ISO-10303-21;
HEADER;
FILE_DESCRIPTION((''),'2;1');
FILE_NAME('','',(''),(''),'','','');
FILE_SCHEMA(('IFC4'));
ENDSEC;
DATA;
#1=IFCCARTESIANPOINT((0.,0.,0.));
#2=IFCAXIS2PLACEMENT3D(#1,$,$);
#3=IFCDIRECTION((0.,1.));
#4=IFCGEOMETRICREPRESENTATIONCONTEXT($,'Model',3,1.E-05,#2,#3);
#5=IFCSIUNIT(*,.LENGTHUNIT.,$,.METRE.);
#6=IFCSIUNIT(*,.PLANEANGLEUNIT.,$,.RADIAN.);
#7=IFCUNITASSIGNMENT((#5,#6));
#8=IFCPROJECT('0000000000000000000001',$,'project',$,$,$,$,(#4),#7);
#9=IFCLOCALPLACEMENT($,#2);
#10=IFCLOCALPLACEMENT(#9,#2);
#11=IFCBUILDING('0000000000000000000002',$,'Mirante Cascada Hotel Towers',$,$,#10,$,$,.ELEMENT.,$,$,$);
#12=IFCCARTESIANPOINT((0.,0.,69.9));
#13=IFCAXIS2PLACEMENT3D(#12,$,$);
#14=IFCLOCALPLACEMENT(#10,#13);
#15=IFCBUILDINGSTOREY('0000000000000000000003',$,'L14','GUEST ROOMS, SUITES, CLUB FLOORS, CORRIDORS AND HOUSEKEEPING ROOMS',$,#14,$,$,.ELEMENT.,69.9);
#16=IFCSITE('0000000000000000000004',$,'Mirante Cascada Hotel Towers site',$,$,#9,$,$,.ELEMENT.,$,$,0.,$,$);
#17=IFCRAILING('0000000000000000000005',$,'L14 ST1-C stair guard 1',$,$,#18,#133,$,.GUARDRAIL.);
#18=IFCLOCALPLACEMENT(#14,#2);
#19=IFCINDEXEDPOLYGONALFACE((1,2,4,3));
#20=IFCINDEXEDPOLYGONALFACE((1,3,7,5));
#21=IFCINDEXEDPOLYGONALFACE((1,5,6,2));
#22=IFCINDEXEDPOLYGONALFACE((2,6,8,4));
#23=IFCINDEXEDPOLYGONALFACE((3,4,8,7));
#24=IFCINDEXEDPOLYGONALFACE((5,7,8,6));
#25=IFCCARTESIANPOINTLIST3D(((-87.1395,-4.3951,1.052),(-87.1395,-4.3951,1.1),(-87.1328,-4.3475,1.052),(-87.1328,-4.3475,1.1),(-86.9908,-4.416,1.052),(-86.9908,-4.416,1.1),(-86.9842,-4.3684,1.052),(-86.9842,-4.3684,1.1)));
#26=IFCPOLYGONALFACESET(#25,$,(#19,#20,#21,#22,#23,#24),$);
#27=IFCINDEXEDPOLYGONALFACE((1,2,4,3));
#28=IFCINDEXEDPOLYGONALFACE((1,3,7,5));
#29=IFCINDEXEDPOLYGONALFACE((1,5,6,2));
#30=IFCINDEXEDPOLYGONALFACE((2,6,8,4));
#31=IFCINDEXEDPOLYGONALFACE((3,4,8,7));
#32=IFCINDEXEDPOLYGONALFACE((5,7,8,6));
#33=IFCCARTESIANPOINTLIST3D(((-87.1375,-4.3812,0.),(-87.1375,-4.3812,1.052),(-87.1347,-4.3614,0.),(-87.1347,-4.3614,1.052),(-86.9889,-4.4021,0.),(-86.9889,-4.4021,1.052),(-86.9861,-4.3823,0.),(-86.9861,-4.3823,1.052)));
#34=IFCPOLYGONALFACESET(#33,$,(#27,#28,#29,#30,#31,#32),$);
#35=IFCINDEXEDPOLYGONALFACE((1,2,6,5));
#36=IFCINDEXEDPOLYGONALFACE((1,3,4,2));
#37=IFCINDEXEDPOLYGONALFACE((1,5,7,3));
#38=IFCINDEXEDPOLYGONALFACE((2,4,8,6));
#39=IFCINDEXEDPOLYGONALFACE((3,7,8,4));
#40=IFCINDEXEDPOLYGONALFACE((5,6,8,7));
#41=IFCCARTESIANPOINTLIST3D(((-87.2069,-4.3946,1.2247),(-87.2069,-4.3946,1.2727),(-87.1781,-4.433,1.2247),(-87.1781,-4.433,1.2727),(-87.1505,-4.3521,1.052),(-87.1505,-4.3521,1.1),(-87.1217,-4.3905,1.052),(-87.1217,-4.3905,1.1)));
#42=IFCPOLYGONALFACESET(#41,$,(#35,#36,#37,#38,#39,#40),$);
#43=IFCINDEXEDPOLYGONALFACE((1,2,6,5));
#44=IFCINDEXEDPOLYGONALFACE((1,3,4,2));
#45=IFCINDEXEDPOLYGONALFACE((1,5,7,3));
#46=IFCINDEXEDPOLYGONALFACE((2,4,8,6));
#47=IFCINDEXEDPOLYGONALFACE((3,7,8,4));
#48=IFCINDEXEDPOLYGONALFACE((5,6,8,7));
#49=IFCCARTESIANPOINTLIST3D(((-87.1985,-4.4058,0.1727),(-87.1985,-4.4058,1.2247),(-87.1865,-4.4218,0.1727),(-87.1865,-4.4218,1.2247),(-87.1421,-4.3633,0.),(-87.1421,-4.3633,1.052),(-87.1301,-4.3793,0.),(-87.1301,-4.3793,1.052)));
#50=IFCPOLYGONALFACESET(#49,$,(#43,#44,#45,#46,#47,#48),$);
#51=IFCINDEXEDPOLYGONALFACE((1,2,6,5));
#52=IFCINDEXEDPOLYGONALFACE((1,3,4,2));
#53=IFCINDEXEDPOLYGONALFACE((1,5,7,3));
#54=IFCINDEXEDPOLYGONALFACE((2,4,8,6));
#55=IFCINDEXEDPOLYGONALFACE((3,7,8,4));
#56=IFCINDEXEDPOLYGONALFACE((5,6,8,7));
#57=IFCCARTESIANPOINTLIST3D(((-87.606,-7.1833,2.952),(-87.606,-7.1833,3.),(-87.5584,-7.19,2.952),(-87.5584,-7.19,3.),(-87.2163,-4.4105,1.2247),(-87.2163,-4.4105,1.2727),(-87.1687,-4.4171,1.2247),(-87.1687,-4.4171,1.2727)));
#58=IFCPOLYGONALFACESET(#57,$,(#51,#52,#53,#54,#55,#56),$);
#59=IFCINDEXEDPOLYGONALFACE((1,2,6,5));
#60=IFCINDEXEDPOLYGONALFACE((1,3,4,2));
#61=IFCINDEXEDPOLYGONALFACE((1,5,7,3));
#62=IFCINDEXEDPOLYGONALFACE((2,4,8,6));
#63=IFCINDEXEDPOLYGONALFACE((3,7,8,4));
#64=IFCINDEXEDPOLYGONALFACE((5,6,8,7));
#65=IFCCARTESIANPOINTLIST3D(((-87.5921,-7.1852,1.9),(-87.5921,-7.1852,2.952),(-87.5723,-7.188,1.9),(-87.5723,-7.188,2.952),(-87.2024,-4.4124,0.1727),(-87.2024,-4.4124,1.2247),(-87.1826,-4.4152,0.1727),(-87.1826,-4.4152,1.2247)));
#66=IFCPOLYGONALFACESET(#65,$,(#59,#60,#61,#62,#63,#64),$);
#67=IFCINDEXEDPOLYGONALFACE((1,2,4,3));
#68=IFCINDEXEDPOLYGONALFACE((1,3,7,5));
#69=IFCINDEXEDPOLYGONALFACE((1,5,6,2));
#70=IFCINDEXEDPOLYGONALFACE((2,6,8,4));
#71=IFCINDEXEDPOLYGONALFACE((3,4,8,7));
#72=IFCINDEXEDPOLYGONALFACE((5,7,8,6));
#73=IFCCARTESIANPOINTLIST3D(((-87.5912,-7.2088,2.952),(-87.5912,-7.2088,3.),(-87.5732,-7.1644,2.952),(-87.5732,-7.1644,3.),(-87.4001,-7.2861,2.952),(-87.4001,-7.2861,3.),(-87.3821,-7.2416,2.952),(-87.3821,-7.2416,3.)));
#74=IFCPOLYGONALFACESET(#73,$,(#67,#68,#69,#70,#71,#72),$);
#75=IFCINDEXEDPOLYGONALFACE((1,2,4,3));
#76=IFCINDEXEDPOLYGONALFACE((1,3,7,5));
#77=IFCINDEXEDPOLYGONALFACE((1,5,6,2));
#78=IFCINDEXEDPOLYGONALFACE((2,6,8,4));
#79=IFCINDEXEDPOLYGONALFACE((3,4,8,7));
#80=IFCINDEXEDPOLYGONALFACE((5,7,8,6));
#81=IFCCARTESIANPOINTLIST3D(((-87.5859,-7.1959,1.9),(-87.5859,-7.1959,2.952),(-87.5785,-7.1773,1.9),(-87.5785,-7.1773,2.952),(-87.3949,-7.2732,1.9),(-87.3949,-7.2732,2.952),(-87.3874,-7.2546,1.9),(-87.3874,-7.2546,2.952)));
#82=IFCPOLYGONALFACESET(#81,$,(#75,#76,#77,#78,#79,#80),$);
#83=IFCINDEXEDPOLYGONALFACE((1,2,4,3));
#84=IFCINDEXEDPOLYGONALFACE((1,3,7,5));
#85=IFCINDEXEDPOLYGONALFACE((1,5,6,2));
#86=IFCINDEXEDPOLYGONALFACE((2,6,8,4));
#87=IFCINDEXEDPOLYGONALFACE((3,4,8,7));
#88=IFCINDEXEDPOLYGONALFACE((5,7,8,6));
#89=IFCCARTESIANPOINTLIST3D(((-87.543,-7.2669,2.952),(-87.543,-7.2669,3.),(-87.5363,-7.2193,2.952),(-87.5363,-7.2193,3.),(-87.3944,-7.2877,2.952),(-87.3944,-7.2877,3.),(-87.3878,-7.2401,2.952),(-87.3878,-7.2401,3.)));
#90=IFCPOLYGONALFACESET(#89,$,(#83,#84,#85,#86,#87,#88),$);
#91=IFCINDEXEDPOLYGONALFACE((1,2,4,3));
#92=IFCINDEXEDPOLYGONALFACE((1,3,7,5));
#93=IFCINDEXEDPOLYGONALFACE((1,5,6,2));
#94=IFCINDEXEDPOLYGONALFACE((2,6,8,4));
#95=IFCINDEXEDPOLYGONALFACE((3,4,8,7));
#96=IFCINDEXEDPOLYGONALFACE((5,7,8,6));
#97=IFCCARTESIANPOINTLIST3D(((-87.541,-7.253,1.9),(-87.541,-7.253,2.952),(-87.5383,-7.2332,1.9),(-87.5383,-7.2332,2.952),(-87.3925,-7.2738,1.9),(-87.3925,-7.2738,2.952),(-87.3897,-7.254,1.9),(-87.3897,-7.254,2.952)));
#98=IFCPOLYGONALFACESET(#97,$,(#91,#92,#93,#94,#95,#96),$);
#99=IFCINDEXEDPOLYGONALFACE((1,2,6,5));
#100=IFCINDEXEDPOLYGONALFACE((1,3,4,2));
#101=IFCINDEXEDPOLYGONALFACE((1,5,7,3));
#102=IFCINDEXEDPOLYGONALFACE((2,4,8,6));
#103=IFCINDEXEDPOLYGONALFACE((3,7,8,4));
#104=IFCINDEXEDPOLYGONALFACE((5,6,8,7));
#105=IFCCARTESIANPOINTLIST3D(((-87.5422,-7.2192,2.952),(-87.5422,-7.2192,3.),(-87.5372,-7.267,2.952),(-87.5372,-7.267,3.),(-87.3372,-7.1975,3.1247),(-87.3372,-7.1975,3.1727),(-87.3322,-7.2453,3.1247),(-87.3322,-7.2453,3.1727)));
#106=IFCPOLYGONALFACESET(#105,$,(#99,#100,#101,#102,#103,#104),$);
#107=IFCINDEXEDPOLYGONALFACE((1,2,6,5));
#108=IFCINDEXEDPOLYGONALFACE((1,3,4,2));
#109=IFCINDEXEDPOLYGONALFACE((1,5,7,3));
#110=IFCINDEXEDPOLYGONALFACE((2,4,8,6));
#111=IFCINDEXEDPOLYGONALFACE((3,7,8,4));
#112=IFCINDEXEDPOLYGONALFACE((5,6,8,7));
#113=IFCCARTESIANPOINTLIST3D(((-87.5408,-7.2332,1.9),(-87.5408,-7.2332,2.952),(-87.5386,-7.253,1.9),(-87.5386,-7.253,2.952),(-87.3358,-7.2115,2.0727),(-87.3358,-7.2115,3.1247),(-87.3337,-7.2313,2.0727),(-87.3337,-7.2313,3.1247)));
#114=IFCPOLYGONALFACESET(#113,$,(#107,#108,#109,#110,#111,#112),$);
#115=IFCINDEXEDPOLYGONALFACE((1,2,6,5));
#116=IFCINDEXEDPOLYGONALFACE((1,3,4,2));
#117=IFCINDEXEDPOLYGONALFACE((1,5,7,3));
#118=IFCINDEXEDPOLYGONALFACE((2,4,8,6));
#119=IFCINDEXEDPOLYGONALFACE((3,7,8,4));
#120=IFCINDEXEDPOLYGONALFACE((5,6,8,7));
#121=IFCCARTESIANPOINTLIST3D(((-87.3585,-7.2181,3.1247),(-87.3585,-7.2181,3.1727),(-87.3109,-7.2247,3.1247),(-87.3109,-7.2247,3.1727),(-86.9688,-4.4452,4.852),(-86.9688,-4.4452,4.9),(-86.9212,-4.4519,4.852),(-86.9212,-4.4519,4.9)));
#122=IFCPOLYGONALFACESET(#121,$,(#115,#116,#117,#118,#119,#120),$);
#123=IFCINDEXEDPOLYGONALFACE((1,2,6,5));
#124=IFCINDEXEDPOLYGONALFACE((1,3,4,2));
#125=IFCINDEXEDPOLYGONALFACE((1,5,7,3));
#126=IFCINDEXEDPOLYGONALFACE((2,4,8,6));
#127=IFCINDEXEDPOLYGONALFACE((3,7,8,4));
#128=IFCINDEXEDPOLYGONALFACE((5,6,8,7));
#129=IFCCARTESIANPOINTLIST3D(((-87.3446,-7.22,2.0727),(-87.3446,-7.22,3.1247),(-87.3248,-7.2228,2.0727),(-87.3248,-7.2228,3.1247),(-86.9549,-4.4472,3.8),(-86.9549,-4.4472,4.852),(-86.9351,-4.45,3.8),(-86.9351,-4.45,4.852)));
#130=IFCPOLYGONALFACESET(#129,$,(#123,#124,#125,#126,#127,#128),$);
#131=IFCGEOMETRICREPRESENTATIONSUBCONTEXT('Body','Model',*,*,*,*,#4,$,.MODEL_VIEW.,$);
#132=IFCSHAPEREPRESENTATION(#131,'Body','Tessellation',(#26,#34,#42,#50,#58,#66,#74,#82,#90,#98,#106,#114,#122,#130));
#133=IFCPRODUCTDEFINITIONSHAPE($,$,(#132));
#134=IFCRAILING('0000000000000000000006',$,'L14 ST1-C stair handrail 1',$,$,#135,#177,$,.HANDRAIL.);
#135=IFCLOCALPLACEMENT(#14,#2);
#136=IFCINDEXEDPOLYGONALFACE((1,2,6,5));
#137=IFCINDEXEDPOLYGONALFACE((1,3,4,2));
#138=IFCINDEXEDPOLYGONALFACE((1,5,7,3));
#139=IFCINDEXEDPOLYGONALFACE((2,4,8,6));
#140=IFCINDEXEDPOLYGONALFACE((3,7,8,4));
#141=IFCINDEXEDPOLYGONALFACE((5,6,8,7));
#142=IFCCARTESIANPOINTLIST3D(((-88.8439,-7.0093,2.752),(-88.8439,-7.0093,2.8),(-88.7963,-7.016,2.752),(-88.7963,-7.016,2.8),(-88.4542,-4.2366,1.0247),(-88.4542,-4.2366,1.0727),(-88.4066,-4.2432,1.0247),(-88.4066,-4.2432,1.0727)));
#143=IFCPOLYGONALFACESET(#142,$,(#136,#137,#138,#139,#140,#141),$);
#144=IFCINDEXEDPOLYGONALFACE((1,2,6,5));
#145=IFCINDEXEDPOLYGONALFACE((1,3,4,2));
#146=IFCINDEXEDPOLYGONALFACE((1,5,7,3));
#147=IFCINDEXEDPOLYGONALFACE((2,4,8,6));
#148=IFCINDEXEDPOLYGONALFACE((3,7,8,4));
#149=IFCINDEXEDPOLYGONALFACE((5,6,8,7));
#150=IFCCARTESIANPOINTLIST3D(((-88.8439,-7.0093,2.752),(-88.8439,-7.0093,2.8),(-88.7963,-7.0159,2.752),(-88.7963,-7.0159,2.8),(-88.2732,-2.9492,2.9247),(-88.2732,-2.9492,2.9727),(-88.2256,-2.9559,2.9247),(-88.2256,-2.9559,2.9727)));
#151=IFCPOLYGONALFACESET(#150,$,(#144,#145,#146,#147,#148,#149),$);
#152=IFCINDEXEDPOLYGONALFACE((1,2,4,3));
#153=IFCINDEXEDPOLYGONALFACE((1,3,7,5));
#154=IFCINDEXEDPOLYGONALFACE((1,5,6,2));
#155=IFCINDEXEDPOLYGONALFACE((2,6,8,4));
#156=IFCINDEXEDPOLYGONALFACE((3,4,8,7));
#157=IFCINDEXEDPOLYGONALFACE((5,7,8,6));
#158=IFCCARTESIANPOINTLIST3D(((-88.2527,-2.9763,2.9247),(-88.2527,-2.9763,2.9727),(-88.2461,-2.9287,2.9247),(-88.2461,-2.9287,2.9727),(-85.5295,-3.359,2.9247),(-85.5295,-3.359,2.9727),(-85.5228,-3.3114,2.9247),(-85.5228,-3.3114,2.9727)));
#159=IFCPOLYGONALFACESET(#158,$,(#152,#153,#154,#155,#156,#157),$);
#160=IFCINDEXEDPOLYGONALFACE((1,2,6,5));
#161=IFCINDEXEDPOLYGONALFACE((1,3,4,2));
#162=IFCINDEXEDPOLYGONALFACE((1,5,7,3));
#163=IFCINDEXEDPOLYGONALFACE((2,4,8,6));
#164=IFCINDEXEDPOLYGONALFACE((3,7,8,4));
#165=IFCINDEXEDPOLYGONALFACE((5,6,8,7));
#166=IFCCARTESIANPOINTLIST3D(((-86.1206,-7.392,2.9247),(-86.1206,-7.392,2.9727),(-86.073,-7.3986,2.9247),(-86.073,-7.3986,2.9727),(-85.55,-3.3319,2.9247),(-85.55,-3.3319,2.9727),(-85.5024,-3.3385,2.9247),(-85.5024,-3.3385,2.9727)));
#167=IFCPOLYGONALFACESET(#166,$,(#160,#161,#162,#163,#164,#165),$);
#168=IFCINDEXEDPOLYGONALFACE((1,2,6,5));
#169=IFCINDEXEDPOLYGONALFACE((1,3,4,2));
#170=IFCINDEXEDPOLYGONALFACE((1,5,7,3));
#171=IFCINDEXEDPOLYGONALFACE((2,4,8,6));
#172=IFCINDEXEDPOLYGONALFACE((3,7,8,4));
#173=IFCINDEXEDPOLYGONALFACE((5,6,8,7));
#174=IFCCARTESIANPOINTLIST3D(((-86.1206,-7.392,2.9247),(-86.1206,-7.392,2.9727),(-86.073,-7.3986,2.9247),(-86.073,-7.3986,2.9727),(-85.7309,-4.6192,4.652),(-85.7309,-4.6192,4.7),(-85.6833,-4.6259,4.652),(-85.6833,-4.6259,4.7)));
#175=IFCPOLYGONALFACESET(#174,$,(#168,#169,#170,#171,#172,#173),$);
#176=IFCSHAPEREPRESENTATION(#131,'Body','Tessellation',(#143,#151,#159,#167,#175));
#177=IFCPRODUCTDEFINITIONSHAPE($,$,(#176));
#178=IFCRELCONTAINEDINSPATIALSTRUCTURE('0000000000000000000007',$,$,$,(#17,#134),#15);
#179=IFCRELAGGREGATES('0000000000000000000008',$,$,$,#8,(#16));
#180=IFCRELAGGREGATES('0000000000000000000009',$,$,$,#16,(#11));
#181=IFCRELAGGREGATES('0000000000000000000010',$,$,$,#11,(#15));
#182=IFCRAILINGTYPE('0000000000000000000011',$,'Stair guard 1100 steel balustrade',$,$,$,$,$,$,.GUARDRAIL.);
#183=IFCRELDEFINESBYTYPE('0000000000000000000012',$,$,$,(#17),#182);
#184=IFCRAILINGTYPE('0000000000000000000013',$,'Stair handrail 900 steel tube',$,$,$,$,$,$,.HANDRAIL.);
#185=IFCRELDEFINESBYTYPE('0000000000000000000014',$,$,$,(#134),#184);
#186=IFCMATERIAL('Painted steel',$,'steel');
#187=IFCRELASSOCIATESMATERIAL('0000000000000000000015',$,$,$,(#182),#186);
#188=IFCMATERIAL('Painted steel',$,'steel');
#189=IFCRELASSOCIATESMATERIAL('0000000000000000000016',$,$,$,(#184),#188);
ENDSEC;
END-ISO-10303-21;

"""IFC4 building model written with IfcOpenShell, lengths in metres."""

from ifc_helpers import new_model, si_unit, direction, frame, origin, origin_2d, place, context, subcontext, project, spatial, rectangle, extrude, material, type_object, element, save


model = new_model("IFC4")

# Units and contexts
model_context = context("Model", 3, precision=1e-05, world=origin(), true_north=direction((0.0, 1.0)))
body_context = subcontext(model_context, "Body", "Model", "MODEL_VIEW")
ifc_project = project(units=[si_unit("LENGTHUNIT", "METRE"), si_unit("PLANEANGLEUNIT", "RADIAN")], contexts=[model_context])

# Site, building, storey
site_placement = place(None, origin())
site = spatial("IfcSite", under=ifc_project, at=site_placement, Name="Mirante Cascada Hotel Towers site", CompositionType="ELEMENT", RefElevation=0.0)
building_placement = place(site_placement, origin())
building = spatial("IfcBuilding", under=site, at=building_placement, Name="Mirante Cascada Hotel Towers", CompositionType="ELEMENT")
storey_placement = place(building_placement, frame((0.0, 0.0, 69.9)))
storey = spatial("IfcBuildingStorey", under=building, at=storey_placement, Name="L14", Description="GUEST ROOMS, SUITES, CLUB FLOORS, CORRIDORS AND HOUSEKEEPING ROOMS", CompositionType="ELEMENT", Elevation=69.9)

# Railings
ifc_material_1 = material(Name="Painted steel", Category="steel")
railing_type_1 = type_object("IfcRailingType", Name="Stair guard 1100 steel balustrade", PredefinedType="GUARDRAIL", material=ifc_material_1)
railing_1_placement = place(storey_placement, frame((-86.9875, -4.3922, 0.0)))
element("IfcRailing", 1, at=railing_1_placement, inside=storey, type_object=railing_type_1, Name="L14 ST1-C stair guard 1", PredefinedType="GUARDRAIL", context=body_context, shape_type="SweptSolid", body=[
    extrude(rectangle(XDim=0.048, YDim=0.048, at=origin_2d()), frame((0.0, 0.0, 1.076), z_axis=(-0.990254, 0.139275, 0.0), x_axis=(-0.139275, -0.990254, 0.0)), (0.0, 0.0, 1.0), 0.1501),
    extrude(rectangle(XDim=0.02, YDim=1.052, at=origin_2d()), frame((0.0, 0.0, 0.526), z_axis=(-0.990254, 0.139275, 0.0), x_axis=(-0.139275, -0.990254, 0.0)), (0.0, 0.0, 1.0), 0.1501),
    extrude(rectangle(XDim=0.048, YDim=0.048, at=origin_2d()), frame((-0.1486, 0.0209, 1.076), z_axis=(-0.798639, -0.601811, 0.0), x_axis=(0.601811, -0.798639, 0.0)), (0.0, 0.925603, 0.378496), 0.1866),
    extrude(rectangle(XDim=0.02, YDim=1.052, at=origin_2d()), frame((-0.1486, 0.0209, 0.526), z_axis=(-0.798639, -0.601811, 0.0), x_axis=(0.601811, -0.798639, 0.0)), (0.0, 0.925603, 0.378496), 0.1866),
    extrude(rectangle(XDim=0.048, YDim=0.048, at=origin_2d()), frame((-0.205, -0.0216, 1.2487), z_axis=(-0.139176, -0.990268, 0.0), x_axis=(0.990268, -0.139176, 0.0)), (0.0, 0.525021, 0.851089), 3.29),
    extrude(rectangle(XDim=0.02, YDim=1.052, at=origin_2d()), frame((-0.205, -0.0216, 0.6987), z_axis=(-0.139176, -0.990268, 0.0), x_axis=(0.990268, -0.139176, 0.0)), (0.0, 0.525021, 0.851089), 3.29),
    extrude(rectangle(XDim=0.048, YDim=0.048, at=origin_2d()), frame((-0.5947, -2.7944, 2.976), z_axis=(0.927031, -0.374984, 0.0), x_axis=(0.374984, 0.927031, 0.0)), (0.0, 0.0, 1.0), 0.2061),
    extrude(rectangle(XDim=0.02, YDim=1.052, at=origin_2d()), frame((-0.5947, -2.7944, 2.426), z_axis=(0.927031, -0.374984, 0.0), x_axis=(0.374984, 0.927031, 0.0)), (0.0, 0.0, 1.0), 0.2061),
    extrude(rectangle(XDim=0.048, YDim=0.048, at=origin_2d()), frame((-0.4036, -2.8717, 2.976), z_axis=(-0.990345, 0.138622, 0.0), x_axis=(-0.138622, -0.990345, 0.0)), (0.0, 0.0, 1.0), 0.15),
    extrude(rectangle(XDim=0.02, YDim=1.052, at=origin_2d()), frame((-0.4036, -2.8717, 2.426), z_axis=(-0.990345, 0.138622, 0.0), x_axis=(-0.138622, -0.990345, 0.0)), (0.0, 0.0, 1.0), 0.15),
    extrude(rectangle(XDim=0.048, YDim=0.048, at=origin_2d()), frame((-0.5522, -2.8509, 2.976), z_axis=(0.994444, 0.105266, 0.0), x_axis=(-0.105266, 0.994444, 0.0)), (0.0, 0.642184, 0.76655), 0.2689),
    extrude(rectangle(XDim=0.02, YDim=1.052, at=origin_2d()), frame((-0.5522, -2.8509, 2.426), z_axis=(0.994444, 0.105266, 0.0), x_axis=(-0.105266, 0.994444, 0.0)), (0.0, 0.642184, 0.76655), 0.2689),
    extrude(rectangle(XDim=0.048, YDim=0.048, at=origin_2d()), frame((-0.3472, -2.8292, 3.1487), z_axis=(0.139176, 0.990268, 0.0), x_axis=(-0.990268, 0.139176, 0.0)), (0.0, 0.525021, 0.851089), 3.29),
    extrude(rectangle(XDim=0.02, YDim=1.052, at=origin_2d()), frame((-0.3472, -2.8292, 2.5987), z_axis=(0.139176, 0.990268, 0.0), x_axis=(-0.990268, 0.139176, 0.0)), (0.0, 0.525021, 0.851089), 3.29),
])
ifc_material_2 = material(Name="Painted steel", Category="steel")
railing_type_2 = type_object("IfcRailingType", Name="Stair handrail 900 steel tube", PredefinedType="HANDRAIL", material=ifc_material_2)
railing_2_placement = place(storey_placement, frame((-88.4304, -4.2399, 0.1727)))
element("IfcRailing", 2, at=railing_2_placement, inside=storey, type_object=railing_type_2, Name="L14 ST1-C stair handrail 1", PredefinedType="HANDRAIL", context=body_context, shape_type="SweptSolid", body=[
    extrude(rectangle(XDim=0.048, YDim=0.048, at=origin_2d()), frame((0.0, 0.0, 0.876), z_axis=(-0.139181, -0.990267, 0.0), x_axis=(0.990267, -0.139181, 0.0)), (0.0, 0.525035, 0.851081), 3.2899),
    extrude(rectangle(XDim=0.048, YDim=0.048, at=origin_2d()), frame((-0.3897, -2.7727, 2.6033), z_axis=(0.139195, 0.990265, 0.0), x_axis=(-0.990265, 0.139195, 0.0)), (0.0, 0.042084, 0.999114), 4.1036),
    extrude(rectangle(XDim=0.048, YDim=0.048, at=origin_2d()), frame((0.181, 1.2874, 2.776), z_axis=(0.990269, -0.139166, 0.0), x_axis=(0.139166, 0.990269, 0.0)), (0.0, 0.0, 1.0), 2.75),
    extrude(rectangle(XDim=0.048, YDim=0.048, at=origin_2d()), frame((2.9042, 0.9047, 2.776), z_axis=(-0.139171, -0.990268, 0.0), x_axis=(0.990268, -0.139171, 0.0)), (0.0, 0.0, 1.0), 4.1),
    extrude(rectangle(XDim=0.048, YDim=0.048, at=origin_2d()), frame((2.3336, -3.1554, 2.776), z_axis=(0.139181, 0.990267, 0.0), x_axis=(-0.990267, 0.139181, 0.0)), (0.0, 0.525035, 0.851081), 3.2899),
])

save(model, "model.ifc")
